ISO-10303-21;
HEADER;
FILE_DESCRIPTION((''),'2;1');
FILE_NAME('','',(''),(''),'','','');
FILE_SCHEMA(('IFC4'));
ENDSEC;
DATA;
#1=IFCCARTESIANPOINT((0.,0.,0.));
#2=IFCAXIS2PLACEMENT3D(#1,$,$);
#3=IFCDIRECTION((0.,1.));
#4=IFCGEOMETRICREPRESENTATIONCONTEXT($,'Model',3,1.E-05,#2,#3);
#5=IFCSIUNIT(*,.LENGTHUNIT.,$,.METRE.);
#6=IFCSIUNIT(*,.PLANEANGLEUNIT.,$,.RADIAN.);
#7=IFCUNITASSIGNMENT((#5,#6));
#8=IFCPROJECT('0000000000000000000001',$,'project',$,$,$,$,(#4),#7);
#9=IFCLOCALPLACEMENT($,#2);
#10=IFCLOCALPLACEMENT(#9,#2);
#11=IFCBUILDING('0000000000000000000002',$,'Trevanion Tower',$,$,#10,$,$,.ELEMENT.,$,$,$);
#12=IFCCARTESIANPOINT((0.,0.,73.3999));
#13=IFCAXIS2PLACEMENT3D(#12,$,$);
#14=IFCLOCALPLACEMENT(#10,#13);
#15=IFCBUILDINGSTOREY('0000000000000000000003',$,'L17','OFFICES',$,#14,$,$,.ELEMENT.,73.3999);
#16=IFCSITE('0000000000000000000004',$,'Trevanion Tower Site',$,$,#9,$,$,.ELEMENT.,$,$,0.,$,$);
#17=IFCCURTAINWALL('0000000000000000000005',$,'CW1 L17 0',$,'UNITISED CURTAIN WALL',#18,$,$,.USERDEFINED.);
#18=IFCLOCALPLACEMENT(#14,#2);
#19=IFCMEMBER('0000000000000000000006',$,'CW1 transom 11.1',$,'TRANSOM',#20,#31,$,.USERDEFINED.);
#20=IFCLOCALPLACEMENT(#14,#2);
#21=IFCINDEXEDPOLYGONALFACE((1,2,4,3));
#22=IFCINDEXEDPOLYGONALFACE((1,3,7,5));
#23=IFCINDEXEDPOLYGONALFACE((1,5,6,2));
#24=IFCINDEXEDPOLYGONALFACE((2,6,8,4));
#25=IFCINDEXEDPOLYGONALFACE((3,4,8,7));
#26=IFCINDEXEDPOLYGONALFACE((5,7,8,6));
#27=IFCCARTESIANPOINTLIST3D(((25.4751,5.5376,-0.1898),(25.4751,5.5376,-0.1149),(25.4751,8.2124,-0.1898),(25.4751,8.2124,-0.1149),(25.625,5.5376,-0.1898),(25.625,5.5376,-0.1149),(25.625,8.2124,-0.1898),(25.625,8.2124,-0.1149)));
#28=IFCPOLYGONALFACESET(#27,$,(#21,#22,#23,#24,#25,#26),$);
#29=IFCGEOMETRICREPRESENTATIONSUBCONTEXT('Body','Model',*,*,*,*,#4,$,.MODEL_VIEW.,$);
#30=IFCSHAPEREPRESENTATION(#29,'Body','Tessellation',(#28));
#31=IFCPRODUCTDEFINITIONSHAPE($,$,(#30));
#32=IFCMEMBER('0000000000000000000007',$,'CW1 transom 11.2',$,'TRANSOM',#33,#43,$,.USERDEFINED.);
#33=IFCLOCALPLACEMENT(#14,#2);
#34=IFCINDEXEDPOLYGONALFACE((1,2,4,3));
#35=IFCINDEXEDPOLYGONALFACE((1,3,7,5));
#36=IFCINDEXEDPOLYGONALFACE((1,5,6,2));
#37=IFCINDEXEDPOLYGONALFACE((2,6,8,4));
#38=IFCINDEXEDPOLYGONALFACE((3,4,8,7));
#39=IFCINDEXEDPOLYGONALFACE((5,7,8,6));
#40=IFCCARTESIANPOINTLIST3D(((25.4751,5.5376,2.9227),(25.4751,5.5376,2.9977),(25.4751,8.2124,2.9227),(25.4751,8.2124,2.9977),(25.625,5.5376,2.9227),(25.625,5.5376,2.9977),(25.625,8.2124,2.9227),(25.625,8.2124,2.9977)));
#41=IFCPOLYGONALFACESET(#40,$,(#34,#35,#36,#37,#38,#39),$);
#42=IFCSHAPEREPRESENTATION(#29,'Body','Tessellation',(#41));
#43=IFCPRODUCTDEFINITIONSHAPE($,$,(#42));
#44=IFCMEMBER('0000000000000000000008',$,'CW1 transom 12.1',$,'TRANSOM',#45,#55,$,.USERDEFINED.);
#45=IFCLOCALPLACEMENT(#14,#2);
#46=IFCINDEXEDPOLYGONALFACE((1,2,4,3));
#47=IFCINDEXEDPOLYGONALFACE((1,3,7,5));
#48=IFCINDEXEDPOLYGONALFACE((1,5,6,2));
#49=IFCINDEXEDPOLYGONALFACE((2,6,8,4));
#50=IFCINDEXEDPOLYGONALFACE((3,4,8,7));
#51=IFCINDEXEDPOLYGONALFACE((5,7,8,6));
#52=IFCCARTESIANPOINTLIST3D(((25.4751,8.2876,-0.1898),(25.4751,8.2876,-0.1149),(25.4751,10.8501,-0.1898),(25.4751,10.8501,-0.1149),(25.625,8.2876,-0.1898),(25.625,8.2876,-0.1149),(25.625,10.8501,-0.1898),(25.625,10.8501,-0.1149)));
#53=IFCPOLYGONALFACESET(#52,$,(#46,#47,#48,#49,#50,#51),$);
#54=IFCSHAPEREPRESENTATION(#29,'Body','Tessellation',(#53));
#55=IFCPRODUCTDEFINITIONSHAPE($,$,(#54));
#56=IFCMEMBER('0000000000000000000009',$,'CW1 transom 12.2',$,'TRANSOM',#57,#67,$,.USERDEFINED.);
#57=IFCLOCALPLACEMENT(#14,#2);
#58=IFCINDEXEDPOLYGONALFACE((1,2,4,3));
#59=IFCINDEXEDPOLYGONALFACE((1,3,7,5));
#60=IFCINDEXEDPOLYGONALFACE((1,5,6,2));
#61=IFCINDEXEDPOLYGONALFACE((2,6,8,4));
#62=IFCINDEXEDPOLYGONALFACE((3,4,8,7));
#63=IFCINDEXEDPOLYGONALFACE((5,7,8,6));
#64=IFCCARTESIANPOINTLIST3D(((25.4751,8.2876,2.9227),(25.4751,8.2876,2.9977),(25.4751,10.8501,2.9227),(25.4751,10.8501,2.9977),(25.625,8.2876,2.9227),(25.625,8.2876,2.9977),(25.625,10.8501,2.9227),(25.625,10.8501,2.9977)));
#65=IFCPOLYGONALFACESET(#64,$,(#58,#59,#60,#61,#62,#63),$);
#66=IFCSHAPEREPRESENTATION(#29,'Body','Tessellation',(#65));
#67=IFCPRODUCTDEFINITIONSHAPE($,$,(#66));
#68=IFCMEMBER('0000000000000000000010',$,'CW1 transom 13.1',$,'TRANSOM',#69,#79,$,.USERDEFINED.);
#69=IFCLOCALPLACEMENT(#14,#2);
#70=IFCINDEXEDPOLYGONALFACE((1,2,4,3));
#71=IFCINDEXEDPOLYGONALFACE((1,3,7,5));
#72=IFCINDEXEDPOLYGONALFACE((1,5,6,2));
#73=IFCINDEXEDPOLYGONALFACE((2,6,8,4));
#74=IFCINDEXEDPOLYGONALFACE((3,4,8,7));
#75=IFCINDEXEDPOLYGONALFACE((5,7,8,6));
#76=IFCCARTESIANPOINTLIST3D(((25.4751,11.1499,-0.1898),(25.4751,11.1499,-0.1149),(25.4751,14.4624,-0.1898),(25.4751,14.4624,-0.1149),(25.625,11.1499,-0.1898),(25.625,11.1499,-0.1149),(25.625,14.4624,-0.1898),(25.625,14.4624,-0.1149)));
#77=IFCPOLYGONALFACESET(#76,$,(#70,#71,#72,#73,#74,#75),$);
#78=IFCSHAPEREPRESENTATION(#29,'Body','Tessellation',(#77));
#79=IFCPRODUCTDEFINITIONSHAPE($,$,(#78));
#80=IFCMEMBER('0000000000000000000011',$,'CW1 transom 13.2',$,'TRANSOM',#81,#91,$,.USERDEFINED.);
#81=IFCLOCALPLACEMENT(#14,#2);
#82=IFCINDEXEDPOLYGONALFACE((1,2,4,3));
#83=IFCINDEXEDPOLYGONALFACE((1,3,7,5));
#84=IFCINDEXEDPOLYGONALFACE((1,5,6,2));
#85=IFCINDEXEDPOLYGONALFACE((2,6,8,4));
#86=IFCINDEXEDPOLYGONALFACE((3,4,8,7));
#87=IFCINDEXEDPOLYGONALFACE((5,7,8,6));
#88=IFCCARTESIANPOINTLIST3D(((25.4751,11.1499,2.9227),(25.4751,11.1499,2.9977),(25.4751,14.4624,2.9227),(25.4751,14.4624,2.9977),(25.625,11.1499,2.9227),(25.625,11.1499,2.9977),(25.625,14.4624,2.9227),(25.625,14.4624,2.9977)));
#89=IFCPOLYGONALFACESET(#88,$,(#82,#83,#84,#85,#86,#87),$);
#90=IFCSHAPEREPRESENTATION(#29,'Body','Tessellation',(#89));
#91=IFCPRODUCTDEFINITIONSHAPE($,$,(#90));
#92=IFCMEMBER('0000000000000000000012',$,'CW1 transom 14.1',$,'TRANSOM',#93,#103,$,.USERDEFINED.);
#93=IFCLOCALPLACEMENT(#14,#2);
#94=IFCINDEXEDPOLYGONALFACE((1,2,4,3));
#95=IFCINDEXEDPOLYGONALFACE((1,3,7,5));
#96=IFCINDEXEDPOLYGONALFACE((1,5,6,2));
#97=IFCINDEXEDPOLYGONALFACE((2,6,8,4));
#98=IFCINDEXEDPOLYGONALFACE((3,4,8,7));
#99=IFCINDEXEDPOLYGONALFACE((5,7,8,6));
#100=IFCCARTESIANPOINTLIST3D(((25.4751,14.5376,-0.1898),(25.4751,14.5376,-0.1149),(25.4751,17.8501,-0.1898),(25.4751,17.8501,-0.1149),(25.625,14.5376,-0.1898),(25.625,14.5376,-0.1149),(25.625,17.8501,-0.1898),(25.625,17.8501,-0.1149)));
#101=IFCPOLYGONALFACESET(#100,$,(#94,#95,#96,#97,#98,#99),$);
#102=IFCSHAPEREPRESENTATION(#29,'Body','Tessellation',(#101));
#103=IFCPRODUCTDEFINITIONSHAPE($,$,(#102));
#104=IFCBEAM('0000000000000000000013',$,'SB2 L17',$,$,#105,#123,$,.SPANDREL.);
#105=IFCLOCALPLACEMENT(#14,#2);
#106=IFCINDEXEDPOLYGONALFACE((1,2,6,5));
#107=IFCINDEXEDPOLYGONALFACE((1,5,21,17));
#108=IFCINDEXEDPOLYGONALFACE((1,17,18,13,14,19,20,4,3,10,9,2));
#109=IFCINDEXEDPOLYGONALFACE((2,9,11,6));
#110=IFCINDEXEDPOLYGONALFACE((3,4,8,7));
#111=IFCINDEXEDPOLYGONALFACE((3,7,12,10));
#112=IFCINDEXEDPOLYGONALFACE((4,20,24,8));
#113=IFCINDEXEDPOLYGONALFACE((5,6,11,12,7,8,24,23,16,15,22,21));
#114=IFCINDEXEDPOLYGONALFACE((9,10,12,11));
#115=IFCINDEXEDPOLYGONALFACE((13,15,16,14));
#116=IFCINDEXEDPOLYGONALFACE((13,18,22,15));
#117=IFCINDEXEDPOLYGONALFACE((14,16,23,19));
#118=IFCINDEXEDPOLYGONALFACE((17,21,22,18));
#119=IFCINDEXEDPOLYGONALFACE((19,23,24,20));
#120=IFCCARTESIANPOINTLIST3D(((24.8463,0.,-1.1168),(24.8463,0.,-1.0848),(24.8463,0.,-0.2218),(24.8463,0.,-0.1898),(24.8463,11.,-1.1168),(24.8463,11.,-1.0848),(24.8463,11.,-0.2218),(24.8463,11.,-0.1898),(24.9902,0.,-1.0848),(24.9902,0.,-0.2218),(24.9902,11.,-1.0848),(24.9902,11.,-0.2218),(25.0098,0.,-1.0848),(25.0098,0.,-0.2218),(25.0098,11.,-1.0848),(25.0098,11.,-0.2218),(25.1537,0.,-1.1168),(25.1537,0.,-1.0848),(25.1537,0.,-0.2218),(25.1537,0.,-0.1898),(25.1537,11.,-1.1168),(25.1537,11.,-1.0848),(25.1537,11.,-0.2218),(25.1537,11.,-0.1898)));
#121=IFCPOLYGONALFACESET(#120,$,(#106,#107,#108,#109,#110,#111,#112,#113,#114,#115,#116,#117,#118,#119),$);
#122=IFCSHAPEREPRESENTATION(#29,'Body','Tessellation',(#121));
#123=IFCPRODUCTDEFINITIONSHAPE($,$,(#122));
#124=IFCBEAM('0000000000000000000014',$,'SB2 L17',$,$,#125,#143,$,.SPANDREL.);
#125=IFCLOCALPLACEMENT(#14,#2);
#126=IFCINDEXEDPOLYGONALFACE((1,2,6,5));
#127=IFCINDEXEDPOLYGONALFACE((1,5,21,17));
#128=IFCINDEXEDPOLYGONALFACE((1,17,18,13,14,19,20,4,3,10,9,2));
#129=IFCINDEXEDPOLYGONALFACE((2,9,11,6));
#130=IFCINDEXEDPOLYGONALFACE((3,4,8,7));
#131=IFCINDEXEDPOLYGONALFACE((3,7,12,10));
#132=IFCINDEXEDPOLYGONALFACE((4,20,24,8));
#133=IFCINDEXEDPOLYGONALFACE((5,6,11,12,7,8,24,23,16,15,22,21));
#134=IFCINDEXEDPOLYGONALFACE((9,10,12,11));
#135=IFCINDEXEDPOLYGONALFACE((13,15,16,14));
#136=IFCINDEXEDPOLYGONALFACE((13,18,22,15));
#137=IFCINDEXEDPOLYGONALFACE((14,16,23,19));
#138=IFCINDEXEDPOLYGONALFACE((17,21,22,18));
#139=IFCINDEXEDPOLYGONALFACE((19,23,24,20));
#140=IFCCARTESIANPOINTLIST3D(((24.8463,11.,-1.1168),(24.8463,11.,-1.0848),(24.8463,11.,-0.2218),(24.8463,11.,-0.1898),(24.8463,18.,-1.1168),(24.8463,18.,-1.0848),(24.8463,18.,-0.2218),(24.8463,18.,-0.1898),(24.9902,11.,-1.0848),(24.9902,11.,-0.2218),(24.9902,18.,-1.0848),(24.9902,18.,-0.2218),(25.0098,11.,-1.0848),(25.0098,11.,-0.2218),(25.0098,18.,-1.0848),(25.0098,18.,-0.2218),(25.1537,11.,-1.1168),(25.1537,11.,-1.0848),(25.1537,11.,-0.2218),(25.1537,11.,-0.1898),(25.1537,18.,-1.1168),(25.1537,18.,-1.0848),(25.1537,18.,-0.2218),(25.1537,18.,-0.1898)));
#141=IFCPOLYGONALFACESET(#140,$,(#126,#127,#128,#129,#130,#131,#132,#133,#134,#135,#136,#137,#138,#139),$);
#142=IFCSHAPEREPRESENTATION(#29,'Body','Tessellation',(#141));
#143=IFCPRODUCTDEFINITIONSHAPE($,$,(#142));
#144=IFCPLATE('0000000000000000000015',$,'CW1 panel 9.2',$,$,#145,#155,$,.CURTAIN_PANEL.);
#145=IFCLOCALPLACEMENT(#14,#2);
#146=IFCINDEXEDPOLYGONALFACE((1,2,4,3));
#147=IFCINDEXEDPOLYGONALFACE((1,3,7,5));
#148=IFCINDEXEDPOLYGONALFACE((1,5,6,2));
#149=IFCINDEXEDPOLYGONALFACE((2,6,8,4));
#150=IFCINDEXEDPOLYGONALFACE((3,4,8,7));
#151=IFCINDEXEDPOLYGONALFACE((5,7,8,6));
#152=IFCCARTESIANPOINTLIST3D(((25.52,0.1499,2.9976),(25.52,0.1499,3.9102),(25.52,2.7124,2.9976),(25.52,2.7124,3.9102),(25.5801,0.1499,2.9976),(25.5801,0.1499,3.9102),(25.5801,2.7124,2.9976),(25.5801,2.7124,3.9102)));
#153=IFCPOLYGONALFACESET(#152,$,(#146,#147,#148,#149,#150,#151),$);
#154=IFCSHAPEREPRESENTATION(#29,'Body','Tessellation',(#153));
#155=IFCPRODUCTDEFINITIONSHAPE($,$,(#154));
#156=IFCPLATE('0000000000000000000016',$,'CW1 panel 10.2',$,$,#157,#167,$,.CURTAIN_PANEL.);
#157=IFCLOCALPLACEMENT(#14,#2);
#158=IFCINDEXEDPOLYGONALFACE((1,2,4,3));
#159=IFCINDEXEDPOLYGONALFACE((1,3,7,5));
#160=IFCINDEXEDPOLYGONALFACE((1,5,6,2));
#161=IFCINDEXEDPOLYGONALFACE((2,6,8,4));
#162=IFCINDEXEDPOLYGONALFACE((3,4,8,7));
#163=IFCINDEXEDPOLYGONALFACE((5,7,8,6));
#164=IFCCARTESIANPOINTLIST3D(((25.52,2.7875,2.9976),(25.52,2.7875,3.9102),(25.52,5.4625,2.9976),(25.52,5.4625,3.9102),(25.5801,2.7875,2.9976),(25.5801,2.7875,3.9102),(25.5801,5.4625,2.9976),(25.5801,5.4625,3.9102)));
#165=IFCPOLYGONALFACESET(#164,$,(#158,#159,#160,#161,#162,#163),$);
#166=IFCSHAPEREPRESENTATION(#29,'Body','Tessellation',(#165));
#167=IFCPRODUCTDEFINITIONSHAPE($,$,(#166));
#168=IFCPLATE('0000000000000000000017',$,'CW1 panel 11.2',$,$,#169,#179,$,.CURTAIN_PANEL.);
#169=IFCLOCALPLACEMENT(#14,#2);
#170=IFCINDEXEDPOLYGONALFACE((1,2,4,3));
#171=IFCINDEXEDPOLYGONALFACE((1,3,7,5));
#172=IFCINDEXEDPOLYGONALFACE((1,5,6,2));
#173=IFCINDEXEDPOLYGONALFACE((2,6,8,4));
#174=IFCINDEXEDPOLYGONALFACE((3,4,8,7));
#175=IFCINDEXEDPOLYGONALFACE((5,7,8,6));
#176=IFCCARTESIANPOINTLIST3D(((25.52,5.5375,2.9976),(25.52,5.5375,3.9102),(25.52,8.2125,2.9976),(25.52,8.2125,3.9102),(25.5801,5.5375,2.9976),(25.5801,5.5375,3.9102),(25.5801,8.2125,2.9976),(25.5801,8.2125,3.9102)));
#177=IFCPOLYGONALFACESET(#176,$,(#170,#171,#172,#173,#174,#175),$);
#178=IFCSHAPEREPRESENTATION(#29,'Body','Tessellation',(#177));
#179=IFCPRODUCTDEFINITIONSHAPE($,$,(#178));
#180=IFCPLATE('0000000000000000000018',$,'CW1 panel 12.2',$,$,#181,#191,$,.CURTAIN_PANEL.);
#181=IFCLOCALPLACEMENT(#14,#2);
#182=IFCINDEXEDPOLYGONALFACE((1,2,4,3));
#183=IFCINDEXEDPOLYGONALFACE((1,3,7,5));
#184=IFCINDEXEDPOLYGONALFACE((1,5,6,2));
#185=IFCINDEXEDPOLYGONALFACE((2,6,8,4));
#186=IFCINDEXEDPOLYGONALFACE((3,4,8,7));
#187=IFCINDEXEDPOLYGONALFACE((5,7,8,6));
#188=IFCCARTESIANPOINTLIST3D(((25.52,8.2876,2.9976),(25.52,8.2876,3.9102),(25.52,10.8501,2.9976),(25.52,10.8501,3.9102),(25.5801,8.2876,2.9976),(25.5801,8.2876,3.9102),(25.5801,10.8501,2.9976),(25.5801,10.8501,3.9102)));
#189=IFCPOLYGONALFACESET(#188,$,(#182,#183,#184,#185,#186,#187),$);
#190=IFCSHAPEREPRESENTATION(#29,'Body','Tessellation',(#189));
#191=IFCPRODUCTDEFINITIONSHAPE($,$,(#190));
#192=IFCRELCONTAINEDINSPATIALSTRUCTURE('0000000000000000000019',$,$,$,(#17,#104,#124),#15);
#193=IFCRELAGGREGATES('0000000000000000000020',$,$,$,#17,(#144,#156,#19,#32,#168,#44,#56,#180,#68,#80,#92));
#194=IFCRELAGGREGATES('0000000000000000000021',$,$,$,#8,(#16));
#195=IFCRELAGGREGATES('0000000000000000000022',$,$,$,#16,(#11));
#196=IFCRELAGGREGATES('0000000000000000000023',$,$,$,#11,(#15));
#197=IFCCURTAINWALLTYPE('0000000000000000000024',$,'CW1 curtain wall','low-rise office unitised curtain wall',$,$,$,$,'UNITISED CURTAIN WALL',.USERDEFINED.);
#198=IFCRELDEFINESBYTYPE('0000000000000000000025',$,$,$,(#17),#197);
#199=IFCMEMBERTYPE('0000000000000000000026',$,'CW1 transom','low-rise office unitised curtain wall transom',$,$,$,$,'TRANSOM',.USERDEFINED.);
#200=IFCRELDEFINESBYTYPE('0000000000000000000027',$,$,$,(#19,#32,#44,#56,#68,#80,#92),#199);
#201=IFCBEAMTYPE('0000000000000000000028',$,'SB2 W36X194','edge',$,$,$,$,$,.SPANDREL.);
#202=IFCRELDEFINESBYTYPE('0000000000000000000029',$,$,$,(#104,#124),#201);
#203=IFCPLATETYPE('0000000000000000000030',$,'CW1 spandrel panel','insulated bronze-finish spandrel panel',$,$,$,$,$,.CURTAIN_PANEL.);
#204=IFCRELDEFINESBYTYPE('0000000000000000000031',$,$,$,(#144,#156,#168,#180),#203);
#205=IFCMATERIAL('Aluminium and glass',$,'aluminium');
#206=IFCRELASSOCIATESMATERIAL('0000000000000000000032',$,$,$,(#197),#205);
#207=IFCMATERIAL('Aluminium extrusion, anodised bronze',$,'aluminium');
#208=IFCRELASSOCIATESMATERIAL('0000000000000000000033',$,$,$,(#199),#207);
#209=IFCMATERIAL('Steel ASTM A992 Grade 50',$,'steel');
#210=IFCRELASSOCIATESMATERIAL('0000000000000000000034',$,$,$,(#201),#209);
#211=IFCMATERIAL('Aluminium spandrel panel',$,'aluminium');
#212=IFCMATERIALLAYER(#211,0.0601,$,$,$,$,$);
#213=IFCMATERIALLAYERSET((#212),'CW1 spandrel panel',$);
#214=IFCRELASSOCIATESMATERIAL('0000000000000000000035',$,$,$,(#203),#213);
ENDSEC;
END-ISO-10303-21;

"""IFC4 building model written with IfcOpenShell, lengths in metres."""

from ifc_helpers import new_model, si_unit, direction, frame, origin, origin_2d, place, context, subcontext, project, spatial, rectangle, i_section, extrude, material, layer, layer_set, material_profile, profile_set, type_object, element, aggregate, save


model = new_model("IFC4")

# Units and contexts
model_context = context("Model", 3, precision=1e-05, world=origin(), true_north=direction((0.0, 1.0)))
body_context = subcontext(model_context, "Body", "Model", "MODEL_VIEW")
ifc_project = project(units=[si_unit("LENGTHUNIT", "METRE"), si_unit("PLANEANGLEUNIT", "RADIAN")], contexts=[model_context])

# Site, building, storey
site_placement = place(None, origin())
site = spatial("IfcSite", under=ifc_project, at=site_placement, Name="Trevanion Tower Site", CompositionType="ELEMENT", RefElevation=0.0)
building_placement = place(site_placement, origin())
building = spatial("IfcBuilding", under=site, at=building_placement, Name="Trevanion Tower", CompositionType="ELEMENT")
storey_placement = place(building_placement, frame((0.0, 0.0, 73.3999)))
storey = spatial("IfcBuildingStorey", under=building, at=storey_placement, Name="L17", Description="OFFICES", CompositionType="ELEMENT", Elevation=73.3999)

# Curtain wall, members
ifc_material_1 = material(Name="Aluminium and glass", Category="aluminium")
curtain_wall_type = type_object("IfcCurtainWallType", Name="CW1 curtain wall", Description="low-rise office unitised curtain wall", ElementType="UNITISED CURTAIN WALL", PredefinedType="USERDEFINED", material=ifc_material_1)
curtain_wall_placement = place(storey_placement, origin())
curtain_wall = element("IfcCurtainWall", 1, at=curtain_wall_placement, inside=storey, type_object=curtain_wall_type, Name="CW1 L17 0", ObjectType="UNITISED CURTAIN WALL", PredefinedType="USERDEFINED")
ifc_material_2 = material(Name="Aluminium extrusion, anodised bronze", Category="aluminium")
ifc_material_profile_1 = material_profile(ifc_material_2, rectangle(XDim=0.1499, YDim=0.075, at=origin_2d()), Name="CW1 transom")
ifc_profile_set_1 = profile_set([ifc_material_profile_1], Name="Aluminium extrusion, anodised bronze")
member_type_1 = type_object("IfcMemberType", Name="CW1 transom", Description="low-rise office unitised curtain wall transom", ElementType="TRANSOM", PredefinedType="USERDEFINED", material=ifc_profile_set_1)
member_1_placement = place(storey_placement, frame((25.55, 5.5376, -0.1523), z_axis=(0.0, 1.0, 0.0), x_axis=(-1.0, 0.0, 0.0)))
member_1 = element("IfcMember", 2, at=member_1_placement, type_object=member_type_1, Name="CW1 transom 11.1", ObjectType="TRANSOM", PredefinedType="USERDEFINED", context=body_context, shape_type="SweptSolid", body=[
    extrude(rectangle(XDim=0.1499, YDim=0.075, at=origin_2d()), origin(), (0.0, 0.0, 1.0), 2.6748),
])
member_2_placement = place(storey_placement, frame((25.55, 5.5376, 2.9602), z_axis=(0.0, 1.0, 0.0), x_axis=(-1.0, 0.0, 0.0)))
member_2 = element("IfcMember", 3, at=member_2_placement, type_object=member_type_1, Name="CW1 transom 11.2", ObjectType="TRANSOM", PredefinedType="USERDEFINED", context=body_context, shape_type="SweptSolid", body=[
    extrude(rectangle(XDim=0.1499, YDim=0.075, at=origin_2d()), origin(), (0.0, 0.0, 1.0), 2.6748),
])
member_3_placement = place(storey_placement, frame((25.55, 8.2876, -0.1523), z_axis=(0.0, 1.0, 0.0), x_axis=(-1.0, 0.0, 0.0)))
member_3 = element("IfcMember", 4, at=member_3_placement, type_object=member_type_1, Name="CW1 transom 12.1", ObjectType="TRANSOM", PredefinedType="USERDEFINED", context=body_context, shape_type="SweptSolid", body=[
    extrude(rectangle(XDim=0.1499, YDim=0.075, at=origin_2d()), origin(), (0.0, 0.0, 1.0), 2.5625),
])
member_4_placement = place(storey_placement, frame((25.55, 8.2876, 2.9602), z_axis=(0.0, 1.0, 0.0), x_axis=(-1.0, 0.0, 0.0)))
member_4 = element("IfcMember", 5, at=member_4_placement, type_object=member_type_1, Name="CW1 transom 12.2", ObjectType="TRANSOM", PredefinedType="USERDEFINED", context=body_context, shape_type="SweptSolid", body=[
    extrude(rectangle(XDim=0.1499, YDim=0.075, at=origin_2d()), origin(), (0.0, 0.0, 1.0), 2.5625),
])
member_5_placement = place(storey_placement, frame((25.55, 11.1499, -0.1523), z_axis=(0.0, 1.0, 0.0), x_axis=(-1.0, 0.0, 0.0)))
member_5 = element("IfcMember", 6, at=member_5_placement, type_object=member_type_1, Name="CW1 transom 13.1", ObjectType="TRANSOM", PredefinedType="USERDEFINED", context=body_context, shape_type="SweptSolid", body=[
    extrude(rectangle(XDim=0.1499, YDim=0.075, at=origin_2d()), origin(), (0.0, 0.0, 1.0), 3.3125),
])
member_6_placement = place(storey_placement, frame((25.55, 11.1499, 2.9602), z_axis=(0.0, 1.0, 0.0), x_axis=(-1.0, 0.0, 0.0)))
member_6 = element("IfcMember", 7, at=member_6_placement, type_object=member_type_1, Name="CW1 transom 13.2", ObjectType="TRANSOM", PredefinedType="USERDEFINED", context=body_context, shape_type="SweptSolid", body=[
    extrude(rectangle(XDim=0.1499, YDim=0.075, at=origin_2d()), origin(), (0.0, 0.0, 1.0), 3.3125),
])
member_7_placement = place(storey_placement, frame((25.55, 14.5376, -0.1523), z_axis=(0.0, 1.0, 0.0), x_axis=(-1.0, 0.0, 0.0)))
member_7 = element("IfcMember", 8, at=member_7_placement, type_object=member_type_1, Name="CW1 transom 14.1", ObjectType="TRANSOM", PredefinedType="USERDEFINED", context=body_context, shape_type="SweptSolid", body=[
    extrude(rectangle(XDim=0.1499, YDim=0.075, at=origin_2d()), origin(), (0.0, 0.0, 1.0), 3.3125),
])

# Beams
ifc_material_3 = material(Name="Steel ASTM A992 Grade 50", Category="steel")
ifc_material_profile_2 = material_profile(ifc_material_3, i_section(OverallWidth=0.3074, OverallDepth=0.927, WebThickness=0.0195, FlangeThickness=0.032, at=origin_2d()), Name="W36X194")
ifc_profile_set_2 = profile_set([ifc_material_profile_2], Name="Steel ASTM A992 Grade 50")
beam_type_1 = type_object("IfcBeamType", Name="SB2 W36X194", Description="edge", PredefinedType="SPANDREL", material=ifc_profile_set_2)
beam_1_placement = place(storey_placement, frame((25.0, 0.0, -0.6533), z_axis=(0.0, 1.0, 0.0), x_axis=(-1.0, 0.0, 0.0)))
element("IfcBeam", 9, at=beam_1_placement, inside=storey, type_object=beam_type_1, Name="SB2 L17", PredefinedType="SPANDREL", context=body_context, shape_type="SweptSolid", body=[
    extrude(i_section(OverallWidth=0.3074, OverallDepth=0.927, WebThickness=0.0195, FlangeThickness=0.032, at=origin_2d()), origin(), (0.0, 0.0, 1.0), 11.0),
])
beam_2_placement = place(storey_placement, frame((25.0, 11.0, -0.6533), z_axis=(0.0, 1.0, 0.0), x_axis=(-1.0, 0.0, 0.0)))
element("IfcBeam", 10, at=beam_2_placement, inside=storey, type_object=beam_type_1, Name="SB2 L17", PredefinedType="SPANDREL", context=body_context, shape_type="SweptSolid", body=[
    extrude(i_section(OverallWidth=0.3074, OverallDepth=0.927, WebThickness=0.0195, FlangeThickness=0.032, at=origin_2d()), origin(), (0.0, 0.0, 1.0), 7.0),
])

# Plates
ifc_material_4 = material(Name="Aluminium spandrel panel", Category="aluminium")
ifc_layer_1 = layer(ifc_material_4, 0.0601)
ifc_layer_set_1 = layer_set([ifc_layer_1], Name="CW1 spandrel panel")
plate_type_1 = type_object("IfcPlateType", Name="CW1 spandrel panel", Description="insulated bronze-finish spandrel panel", PredefinedType="CURTAIN_PANEL", material=ifc_layer_set_1)
plate_1_placement = place(storey_placement, frame((25.55, 1.4312, 2.9976), z_axis=(0.0, 0.0, 1.0), x_axis=(0.0, 1.0, 0.0)))
plate_1 = element("IfcPlate", 11, at=plate_1_placement, type_object=plate_type_1, Name="CW1 panel 9.2", PredefinedType="CURTAIN_PANEL", context=body_context, shape_type="SweptSolid", body=[
    extrude(rectangle(XDim=2.5625, YDim=0.0601, at=origin_2d()), origin(), (0.0, 0.0, 1.0), 0.9126),
])
plate_2_placement = place(storey_placement, frame((25.55, 4.125, 2.9976), z_axis=(0.0, 0.0, 1.0), x_axis=(0.0, 1.0, 0.0)))
plate_2 = element("IfcPlate", 12, at=plate_2_placement, type_object=plate_type_1, Name="CW1 panel 10.2", PredefinedType="CURTAIN_PANEL", context=body_context, shape_type="SweptSolid", body=[
    extrude(rectangle(XDim=2.675, YDim=0.0601, at=origin_2d()), origin(), (0.0, 0.0, 1.0), 0.9126),
])
plate_3_placement = place(storey_placement, frame((25.55, 6.875, 2.9976), z_axis=(0.0, 0.0, 1.0), x_axis=(0.0, 1.0, 0.0)))
plate_3 = element("IfcPlate", 13, at=plate_3_placement, type_object=plate_type_1, Name="CW1 panel 11.2", PredefinedType="CURTAIN_PANEL", context=body_context, shape_type="SweptSolid", body=[
    extrude(rectangle(XDim=2.675, YDim=0.0601, at=origin_2d()), origin(), (0.0, 0.0, 1.0), 0.9126),
])
plate_4_placement = place(storey_placement, frame((25.55, 9.5688, 2.9976), z_axis=(0.0, 0.0, 1.0), x_axis=(0.0, 1.0, 0.0)))
plate_4 = element("IfcPlate", 14, at=plate_4_placement, type_object=plate_type_1, Name="CW1 panel 12.2", PredefinedType="CURTAIN_PANEL", context=body_context, shape_type="SweptSolid", body=[
    extrude(rectangle(XDim=2.5625, YDim=0.0601, at=origin_2d()), origin(), (0.0, 0.0, 1.0), 0.9126),
])
aggregate(curtain_wall, [plate_1, plate_2, member_1, member_2, plate_3, member_3, member_4, plate_4, member_5, member_6, member_7])

save(model, "model.ifc")
